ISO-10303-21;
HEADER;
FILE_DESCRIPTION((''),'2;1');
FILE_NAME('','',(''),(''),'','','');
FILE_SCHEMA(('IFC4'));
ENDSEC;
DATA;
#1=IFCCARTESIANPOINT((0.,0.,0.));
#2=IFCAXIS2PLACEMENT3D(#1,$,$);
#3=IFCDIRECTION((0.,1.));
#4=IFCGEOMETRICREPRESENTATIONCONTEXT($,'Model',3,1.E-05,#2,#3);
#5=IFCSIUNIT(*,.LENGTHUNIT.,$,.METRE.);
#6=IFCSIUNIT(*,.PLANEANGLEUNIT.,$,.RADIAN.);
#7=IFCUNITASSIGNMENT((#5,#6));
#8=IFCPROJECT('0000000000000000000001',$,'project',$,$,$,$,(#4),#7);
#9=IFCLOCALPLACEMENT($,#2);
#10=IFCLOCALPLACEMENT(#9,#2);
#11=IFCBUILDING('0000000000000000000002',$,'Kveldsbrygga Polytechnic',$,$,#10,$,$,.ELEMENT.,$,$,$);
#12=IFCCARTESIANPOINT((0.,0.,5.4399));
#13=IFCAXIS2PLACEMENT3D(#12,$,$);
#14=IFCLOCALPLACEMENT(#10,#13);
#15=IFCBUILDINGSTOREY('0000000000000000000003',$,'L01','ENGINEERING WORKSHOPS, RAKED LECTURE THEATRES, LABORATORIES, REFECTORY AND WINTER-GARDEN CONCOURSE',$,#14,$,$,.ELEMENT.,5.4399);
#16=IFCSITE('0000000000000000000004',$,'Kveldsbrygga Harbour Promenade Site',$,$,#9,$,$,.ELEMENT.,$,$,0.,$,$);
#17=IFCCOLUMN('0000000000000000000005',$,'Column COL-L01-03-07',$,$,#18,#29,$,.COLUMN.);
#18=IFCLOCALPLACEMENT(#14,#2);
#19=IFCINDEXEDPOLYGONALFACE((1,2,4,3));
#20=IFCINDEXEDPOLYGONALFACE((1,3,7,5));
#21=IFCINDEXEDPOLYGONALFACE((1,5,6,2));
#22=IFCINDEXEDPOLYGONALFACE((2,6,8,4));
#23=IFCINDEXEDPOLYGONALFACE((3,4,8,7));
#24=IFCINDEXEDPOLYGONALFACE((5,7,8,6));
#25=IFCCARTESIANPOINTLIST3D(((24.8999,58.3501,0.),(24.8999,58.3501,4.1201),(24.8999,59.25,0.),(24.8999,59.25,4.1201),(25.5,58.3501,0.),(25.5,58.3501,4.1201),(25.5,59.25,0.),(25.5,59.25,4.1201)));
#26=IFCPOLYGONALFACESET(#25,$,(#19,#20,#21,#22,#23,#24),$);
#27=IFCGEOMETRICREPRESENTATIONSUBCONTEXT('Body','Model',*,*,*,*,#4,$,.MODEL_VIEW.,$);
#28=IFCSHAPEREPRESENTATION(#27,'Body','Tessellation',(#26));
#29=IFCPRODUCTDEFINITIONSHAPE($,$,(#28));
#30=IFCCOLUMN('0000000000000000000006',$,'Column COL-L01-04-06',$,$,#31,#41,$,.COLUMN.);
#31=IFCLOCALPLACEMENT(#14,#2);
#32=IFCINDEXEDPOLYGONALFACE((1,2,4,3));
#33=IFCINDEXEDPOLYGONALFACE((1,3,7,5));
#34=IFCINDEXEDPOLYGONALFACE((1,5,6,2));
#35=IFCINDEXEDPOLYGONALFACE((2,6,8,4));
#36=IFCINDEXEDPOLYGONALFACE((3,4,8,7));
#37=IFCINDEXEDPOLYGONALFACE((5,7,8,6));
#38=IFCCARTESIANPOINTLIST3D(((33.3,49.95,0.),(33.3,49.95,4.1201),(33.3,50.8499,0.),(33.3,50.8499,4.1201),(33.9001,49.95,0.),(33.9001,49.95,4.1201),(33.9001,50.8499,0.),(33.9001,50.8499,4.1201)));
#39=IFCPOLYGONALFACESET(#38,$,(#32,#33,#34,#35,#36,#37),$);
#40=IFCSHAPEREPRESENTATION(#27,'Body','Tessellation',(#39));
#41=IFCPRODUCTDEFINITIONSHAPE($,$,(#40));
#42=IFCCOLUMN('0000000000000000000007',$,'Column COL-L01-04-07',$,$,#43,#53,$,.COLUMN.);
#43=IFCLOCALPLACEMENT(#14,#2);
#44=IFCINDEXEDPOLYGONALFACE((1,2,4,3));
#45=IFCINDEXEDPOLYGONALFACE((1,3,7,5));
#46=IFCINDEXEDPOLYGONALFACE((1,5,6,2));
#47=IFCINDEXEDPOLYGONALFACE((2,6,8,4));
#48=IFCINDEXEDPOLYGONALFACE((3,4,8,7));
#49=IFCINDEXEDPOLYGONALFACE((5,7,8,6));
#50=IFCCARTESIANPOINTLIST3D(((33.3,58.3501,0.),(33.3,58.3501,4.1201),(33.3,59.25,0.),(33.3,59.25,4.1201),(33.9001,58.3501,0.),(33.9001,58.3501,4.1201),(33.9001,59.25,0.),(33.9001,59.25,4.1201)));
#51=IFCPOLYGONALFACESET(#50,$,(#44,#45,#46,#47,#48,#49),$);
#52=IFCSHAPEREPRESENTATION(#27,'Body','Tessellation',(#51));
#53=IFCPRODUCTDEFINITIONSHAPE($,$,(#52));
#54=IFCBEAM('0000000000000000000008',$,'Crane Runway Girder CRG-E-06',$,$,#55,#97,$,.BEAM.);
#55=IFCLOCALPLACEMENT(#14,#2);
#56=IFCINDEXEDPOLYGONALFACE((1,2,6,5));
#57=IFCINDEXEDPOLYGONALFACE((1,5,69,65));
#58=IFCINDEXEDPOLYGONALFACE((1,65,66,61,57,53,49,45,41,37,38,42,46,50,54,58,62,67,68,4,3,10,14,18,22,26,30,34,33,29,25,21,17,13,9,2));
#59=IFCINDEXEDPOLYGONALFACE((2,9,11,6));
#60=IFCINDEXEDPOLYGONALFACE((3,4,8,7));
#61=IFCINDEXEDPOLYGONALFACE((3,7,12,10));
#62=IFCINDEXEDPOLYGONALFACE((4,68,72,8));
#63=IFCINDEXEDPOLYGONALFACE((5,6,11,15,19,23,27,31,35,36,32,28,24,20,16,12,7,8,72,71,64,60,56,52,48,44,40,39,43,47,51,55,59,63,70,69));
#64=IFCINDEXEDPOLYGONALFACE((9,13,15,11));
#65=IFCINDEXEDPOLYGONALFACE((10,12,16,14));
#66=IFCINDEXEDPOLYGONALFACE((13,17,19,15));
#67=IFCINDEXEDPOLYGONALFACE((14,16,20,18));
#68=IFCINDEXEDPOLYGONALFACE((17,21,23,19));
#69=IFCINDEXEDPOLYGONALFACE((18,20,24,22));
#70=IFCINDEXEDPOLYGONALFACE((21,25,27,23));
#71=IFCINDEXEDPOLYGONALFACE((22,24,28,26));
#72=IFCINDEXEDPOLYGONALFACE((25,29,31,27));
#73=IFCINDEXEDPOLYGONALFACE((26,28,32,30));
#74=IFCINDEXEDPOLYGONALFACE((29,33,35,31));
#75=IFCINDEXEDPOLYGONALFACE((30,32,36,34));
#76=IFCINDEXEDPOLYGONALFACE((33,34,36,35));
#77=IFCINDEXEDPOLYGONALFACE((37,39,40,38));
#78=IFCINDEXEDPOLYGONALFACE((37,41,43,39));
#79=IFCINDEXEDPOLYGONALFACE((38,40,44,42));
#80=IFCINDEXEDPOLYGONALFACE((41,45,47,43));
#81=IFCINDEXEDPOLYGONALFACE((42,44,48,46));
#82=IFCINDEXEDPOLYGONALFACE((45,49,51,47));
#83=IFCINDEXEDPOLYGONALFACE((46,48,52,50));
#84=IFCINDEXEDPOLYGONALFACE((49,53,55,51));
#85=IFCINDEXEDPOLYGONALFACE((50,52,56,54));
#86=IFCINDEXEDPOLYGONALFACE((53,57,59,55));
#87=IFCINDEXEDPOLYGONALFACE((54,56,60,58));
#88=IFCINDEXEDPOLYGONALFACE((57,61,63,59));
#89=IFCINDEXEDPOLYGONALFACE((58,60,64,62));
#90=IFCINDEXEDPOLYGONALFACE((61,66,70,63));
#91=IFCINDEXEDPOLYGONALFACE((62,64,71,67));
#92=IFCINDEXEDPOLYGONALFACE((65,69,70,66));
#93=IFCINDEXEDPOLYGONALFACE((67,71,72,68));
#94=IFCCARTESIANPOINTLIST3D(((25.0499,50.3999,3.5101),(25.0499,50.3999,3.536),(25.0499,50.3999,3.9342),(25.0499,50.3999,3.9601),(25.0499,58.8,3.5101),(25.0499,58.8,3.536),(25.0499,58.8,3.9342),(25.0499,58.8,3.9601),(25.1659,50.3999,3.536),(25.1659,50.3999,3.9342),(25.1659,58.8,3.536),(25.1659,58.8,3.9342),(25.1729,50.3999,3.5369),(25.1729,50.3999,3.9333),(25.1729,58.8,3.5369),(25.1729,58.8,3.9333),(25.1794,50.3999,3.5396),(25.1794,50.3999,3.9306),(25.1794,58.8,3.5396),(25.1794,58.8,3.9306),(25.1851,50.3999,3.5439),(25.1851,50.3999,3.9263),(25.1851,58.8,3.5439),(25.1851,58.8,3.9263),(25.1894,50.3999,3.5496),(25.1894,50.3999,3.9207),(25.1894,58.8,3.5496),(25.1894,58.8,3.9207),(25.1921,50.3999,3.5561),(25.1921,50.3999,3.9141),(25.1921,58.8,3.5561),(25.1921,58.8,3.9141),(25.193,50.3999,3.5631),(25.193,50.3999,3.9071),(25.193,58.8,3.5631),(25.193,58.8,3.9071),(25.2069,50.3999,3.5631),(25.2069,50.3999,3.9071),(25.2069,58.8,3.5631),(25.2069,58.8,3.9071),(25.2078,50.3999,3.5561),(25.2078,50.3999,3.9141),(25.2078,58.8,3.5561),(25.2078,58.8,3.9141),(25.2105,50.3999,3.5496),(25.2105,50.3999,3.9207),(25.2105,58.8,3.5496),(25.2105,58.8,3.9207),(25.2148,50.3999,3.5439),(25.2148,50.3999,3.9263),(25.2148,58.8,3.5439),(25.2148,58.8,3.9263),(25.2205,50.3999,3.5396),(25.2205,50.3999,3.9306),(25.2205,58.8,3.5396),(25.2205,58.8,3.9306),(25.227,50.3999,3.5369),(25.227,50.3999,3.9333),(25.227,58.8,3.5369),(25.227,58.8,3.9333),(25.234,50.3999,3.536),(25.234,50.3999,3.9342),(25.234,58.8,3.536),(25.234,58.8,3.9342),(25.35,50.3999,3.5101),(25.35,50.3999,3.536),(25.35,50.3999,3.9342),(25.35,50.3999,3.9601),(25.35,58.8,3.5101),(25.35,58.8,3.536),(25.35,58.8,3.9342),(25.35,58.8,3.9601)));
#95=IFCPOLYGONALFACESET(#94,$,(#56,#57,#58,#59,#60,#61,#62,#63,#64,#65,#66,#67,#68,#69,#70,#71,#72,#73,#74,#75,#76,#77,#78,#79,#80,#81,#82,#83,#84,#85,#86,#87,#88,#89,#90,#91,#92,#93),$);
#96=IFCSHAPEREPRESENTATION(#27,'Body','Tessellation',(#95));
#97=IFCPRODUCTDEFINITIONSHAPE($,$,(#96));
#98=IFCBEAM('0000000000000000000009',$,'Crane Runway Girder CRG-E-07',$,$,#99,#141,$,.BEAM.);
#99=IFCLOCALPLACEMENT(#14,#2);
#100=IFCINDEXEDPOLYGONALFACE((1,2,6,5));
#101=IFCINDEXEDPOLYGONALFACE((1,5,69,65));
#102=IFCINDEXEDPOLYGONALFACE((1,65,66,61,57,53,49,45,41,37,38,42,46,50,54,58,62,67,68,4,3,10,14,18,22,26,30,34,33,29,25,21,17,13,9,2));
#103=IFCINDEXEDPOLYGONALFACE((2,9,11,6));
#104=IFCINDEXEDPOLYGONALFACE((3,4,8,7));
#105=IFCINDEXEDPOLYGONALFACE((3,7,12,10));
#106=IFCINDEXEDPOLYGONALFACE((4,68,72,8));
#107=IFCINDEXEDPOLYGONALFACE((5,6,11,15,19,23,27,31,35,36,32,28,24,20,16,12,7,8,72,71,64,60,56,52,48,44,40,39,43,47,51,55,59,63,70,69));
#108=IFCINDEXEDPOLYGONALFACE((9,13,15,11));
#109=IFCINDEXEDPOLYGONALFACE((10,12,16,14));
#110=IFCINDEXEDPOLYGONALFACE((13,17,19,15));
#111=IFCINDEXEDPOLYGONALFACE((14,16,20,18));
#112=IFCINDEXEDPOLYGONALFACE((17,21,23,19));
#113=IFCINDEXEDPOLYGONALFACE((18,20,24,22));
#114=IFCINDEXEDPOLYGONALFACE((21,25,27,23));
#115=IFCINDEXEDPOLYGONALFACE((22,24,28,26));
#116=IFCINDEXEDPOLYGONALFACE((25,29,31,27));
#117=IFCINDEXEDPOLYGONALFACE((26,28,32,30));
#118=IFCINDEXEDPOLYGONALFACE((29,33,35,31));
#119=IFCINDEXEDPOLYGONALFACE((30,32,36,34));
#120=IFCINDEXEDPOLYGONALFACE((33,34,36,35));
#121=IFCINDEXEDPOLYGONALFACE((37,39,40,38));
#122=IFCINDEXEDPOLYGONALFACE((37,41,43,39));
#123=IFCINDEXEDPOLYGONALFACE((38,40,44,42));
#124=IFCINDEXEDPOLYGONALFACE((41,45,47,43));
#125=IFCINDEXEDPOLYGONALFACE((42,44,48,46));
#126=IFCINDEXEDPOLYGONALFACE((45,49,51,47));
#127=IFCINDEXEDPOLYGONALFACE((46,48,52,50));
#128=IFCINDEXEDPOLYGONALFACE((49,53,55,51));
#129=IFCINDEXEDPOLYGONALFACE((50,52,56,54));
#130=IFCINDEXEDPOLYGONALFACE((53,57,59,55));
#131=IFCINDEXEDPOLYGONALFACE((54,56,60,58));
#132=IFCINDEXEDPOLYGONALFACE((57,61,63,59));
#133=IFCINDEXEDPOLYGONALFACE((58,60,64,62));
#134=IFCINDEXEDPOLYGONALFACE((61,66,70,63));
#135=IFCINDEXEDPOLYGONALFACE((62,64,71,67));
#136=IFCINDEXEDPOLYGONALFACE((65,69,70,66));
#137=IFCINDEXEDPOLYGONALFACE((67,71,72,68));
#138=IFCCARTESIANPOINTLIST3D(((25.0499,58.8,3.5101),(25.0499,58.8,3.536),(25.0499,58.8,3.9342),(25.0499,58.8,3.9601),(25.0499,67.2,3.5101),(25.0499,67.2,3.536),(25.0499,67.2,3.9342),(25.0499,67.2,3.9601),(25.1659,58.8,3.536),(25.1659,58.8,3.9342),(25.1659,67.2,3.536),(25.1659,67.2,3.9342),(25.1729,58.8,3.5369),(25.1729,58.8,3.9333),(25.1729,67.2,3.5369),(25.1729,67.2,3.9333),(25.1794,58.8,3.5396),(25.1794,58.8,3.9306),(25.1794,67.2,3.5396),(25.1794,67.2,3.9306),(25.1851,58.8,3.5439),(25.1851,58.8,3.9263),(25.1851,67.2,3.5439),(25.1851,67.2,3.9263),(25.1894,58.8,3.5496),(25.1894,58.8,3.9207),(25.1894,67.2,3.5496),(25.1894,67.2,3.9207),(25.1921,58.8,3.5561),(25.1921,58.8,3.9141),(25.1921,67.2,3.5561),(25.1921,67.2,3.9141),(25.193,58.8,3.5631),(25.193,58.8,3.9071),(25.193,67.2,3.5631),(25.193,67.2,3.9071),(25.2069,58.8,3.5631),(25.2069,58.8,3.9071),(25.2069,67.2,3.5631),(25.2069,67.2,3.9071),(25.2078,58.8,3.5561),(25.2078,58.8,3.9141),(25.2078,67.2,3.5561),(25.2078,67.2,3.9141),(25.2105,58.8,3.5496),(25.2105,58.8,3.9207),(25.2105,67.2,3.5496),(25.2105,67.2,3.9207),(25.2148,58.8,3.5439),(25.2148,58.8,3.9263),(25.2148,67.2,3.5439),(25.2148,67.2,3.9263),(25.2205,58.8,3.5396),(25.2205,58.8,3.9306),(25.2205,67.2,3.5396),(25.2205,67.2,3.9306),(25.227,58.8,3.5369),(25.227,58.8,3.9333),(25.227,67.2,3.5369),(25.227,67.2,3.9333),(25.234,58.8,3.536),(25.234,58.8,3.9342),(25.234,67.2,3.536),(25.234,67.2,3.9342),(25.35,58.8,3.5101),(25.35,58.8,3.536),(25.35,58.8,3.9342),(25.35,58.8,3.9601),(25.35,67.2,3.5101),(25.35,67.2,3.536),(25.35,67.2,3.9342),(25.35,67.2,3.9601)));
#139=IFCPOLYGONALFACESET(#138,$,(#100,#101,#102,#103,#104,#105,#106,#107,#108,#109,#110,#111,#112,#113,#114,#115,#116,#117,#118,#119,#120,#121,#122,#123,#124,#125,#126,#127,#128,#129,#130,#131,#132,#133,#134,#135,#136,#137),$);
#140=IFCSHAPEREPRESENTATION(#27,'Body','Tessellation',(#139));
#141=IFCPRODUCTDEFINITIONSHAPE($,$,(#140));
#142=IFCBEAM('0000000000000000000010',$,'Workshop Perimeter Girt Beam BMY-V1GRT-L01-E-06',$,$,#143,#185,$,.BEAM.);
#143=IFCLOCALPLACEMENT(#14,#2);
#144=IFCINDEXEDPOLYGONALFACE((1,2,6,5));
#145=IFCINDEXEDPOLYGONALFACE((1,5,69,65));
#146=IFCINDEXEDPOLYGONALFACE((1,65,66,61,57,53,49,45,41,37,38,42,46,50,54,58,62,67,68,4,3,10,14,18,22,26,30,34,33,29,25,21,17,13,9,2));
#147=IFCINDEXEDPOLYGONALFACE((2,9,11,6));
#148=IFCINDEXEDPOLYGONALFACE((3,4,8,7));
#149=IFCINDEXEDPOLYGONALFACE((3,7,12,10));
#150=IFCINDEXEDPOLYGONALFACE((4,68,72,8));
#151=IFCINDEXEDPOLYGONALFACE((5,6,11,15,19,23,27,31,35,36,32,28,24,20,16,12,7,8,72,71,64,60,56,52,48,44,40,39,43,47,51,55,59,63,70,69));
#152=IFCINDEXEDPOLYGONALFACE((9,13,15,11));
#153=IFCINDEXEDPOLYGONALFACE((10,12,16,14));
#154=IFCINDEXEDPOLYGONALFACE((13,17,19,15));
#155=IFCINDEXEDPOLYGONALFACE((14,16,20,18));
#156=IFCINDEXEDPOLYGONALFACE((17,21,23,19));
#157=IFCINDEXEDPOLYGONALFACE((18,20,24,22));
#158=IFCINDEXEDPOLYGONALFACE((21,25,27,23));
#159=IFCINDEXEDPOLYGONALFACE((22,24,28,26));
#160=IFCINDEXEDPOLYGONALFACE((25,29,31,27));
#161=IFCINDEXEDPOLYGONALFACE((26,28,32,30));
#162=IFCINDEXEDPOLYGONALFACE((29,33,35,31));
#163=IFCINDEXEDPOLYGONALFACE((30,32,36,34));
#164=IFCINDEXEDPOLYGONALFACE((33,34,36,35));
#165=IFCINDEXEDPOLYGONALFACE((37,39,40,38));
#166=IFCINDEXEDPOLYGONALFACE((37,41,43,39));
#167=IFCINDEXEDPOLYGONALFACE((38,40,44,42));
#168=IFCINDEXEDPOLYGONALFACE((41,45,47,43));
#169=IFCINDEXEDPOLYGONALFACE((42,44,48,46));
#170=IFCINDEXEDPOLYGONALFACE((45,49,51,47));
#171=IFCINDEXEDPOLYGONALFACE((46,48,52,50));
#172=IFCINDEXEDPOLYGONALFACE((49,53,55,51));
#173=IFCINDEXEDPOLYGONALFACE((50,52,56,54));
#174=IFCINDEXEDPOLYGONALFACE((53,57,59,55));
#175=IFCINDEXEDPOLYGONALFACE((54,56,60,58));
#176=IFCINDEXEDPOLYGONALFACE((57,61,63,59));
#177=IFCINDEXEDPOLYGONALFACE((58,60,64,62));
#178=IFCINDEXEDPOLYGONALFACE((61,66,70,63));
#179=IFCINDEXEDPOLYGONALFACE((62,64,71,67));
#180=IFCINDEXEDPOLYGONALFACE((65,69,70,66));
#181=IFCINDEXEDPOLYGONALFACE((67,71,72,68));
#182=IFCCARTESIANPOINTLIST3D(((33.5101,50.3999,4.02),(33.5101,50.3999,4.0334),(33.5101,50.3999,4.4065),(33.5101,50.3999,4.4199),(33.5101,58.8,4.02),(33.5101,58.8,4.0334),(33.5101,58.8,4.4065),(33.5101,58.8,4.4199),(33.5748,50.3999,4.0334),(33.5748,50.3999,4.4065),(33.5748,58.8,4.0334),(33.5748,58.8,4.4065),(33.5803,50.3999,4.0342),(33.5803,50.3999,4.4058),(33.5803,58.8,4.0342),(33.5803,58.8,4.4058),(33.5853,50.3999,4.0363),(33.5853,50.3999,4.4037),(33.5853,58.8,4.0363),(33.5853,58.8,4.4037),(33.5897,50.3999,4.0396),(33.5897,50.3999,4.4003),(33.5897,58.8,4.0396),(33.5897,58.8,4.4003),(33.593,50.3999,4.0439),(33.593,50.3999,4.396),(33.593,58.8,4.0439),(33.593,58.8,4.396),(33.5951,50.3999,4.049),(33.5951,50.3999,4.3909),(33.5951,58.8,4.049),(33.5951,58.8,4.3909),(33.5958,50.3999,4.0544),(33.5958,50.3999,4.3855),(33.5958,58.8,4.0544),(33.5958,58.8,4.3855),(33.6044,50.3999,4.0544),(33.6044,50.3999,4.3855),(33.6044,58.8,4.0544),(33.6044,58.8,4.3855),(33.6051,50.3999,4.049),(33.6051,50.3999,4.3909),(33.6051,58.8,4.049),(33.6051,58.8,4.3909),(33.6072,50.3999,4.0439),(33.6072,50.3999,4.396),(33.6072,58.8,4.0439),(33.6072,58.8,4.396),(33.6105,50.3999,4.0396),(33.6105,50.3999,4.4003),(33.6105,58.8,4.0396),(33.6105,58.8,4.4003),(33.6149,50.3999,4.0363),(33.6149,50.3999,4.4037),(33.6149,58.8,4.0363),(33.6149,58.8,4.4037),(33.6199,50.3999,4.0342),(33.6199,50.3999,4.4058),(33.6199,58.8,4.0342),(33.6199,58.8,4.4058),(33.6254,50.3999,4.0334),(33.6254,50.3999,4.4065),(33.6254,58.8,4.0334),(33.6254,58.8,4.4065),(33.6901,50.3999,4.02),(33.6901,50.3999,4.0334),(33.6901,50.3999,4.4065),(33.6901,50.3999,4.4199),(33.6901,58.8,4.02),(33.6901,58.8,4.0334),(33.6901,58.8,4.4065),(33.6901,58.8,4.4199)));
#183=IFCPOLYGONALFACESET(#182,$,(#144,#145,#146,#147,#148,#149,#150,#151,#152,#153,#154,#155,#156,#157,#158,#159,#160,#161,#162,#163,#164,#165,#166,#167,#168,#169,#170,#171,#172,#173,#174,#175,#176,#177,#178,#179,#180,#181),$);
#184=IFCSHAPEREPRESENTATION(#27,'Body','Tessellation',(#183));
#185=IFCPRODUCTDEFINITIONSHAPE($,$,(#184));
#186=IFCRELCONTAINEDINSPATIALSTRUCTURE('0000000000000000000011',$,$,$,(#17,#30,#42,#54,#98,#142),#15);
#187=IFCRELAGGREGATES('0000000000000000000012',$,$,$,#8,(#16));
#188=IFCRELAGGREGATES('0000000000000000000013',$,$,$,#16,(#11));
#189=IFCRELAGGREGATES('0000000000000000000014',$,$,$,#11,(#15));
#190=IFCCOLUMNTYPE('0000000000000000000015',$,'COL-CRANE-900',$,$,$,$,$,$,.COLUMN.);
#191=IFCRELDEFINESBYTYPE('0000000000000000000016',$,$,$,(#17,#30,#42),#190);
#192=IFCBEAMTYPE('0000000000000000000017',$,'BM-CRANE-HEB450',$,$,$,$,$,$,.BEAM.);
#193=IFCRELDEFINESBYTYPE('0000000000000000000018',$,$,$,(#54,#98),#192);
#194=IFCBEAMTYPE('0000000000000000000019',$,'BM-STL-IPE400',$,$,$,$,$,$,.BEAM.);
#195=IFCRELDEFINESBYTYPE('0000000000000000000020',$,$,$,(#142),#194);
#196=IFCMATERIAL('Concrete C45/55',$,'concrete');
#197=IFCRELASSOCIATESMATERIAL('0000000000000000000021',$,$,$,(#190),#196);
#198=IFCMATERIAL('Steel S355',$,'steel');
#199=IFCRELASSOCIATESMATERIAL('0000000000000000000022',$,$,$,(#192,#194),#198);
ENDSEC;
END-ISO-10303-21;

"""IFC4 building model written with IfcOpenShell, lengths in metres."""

from ifc_helpers import new_model, si_unit, direction, frame, origin, origin_2d, place, context, subcontext, project, spatial, rectangle, i_section, extrude, material, material_profile, profile_set, type_object, element, save


model = new_model("IFC4")

# Units and contexts
model_context = context("Model", 3, precision=1e-05, world=origin(), true_north=direction((0.0, 1.0)))
body_context = subcontext(model_context, "Body", "Model", "MODEL_VIEW")
ifc_project = project(units=[si_unit("LENGTHUNIT", "METRE"), si_unit("PLANEANGLEUNIT", "RADIAN")], contexts=[model_context])

# Site, building, storey
site_placement = place(None, origin())
site = spatial("IfcSite", under=ifc_project, at=site_placement, Name="Kveldsbrygga Harbour Promenade Site", CompositionType="ELEMENT", RefElevation=0.0)
building_placement = place(site_placement, origin())
building = spatial("IfcBuilding", under=site, at=building_placement, Name="Kveldsbrygga Polytechnic", CompositionType="ELEMENT")
storey_placement = place(building_placement, frame((0.0, 0.0, 5.4399)))
storey = spatial("IfcBuildingStorey", under=building, at=storey_placement, Name="L01", Description="ENGINEERING WORKSHOPS, RAKED LECTURE THEATRES, LABORATORIES, REFECTORY AND WINTER-GARDEN CONCOURSE", CompositionType="ELEMENT", Elevation=5.4399)

# Columns
ifc_material_1 = material(Name="Concrete C45/55", Category="concrete")
ifc_material_profile_1 = material_profile(ifc_material_1, rectangle(XDim=0.6001, YDim=0.8999, at=origin_2d()), Name="RC 600x900")
ifc_profile_set_1 = profile_set([ifc_material_profile_1], Name="Concrete C45/55")
column_type = type_object("IfcColumnType", Name="COL-CRANE-900", PredefinedType="COLUMN", material=ifc_profile_set_1)
for number, where, z_axis, x_axis, name in (
    (1, (25.2, 58.8, 0.0), (0.0, 0.0, 1.0), (1.0, 0.0, 0.0), "Column COL-L01-03-07"),
    (2, (33.6001, 50.3999, 0.0), (0.0, 0.0, 1.0), (1.0, 0.0, 0.0), "Column COL-L01-04-06"),
    (3, (33.6001, 58.8, 0.0), (0.0, 0.0, 1.0), (1.0, 0.0, 0.0), "Column COL-L01-04-07"),
):
    element("IfcColumn", number, at=place(storey_placement, frame(where, z_axis=z_axis, x_axis=x_axis)), inside=storey, type_object=column_type, Name=name, PredefinedType="COLUMN", context=body_context, shape_type="SweptSolid", body=[
        extrude(rectangle(XDim=0.6001, YDim=0.8999, at=origin_2d()), origin(), (0.0, 0.0, 1.0), 4.1201),
    ])

# Beams
ifc_material_2 = material(Name="Steel S355", Category="steel")
ifc_material_profile_2 = material_profile(ifc_material_2, i_section(OverallWidth=0.3, OverallDepth=0.45, WebThickness=0.0139, FlangeThickness=0.0259, FilletRadius=0.0271, at=origin_2d()), Name="HEB 450")
ifc_profile_set_2 = profile_set([ifc_material_profile_2], Name="Steel S355")
beam_type_1 = type_object("IfcBeamType", Name="BM-CRANE-HEB450", PredefinedType="BEAM", material=ifc_profile_set_2)
beam_1_placement = place(storey_placement, frame((25.2, 50.3999, 3.7351), z_axis=(0.0, 1.0, 0.0), x_axis=(-1.0, 0.0, 0.0)))
element("IfcBeam", 4, at=beam_1_placement, inside=storey, type_object=beam_type_1, Name="Crane Runway Girder CRG-E-06", PredefinedType="BEAM", context=body_context, shape_type="SweptSolid", body=[
    extrude(i_section(OverallWidth=0.3, OverallDepth=0.45, WebThickness=0.0139, FlangeThickness=0.0259, FilletRadius=0.0271, at=origin_2d()), origin(), (0.0, 0.0, 1.0), 8.4001),
])
beam_2_placement = place(storey_placement, frame((25.2, 58.8, 3.7351), z_axis=(0.0, 1.0, 0.0), x_axis=(-1.0, 0.0, 0.0)))
element("IfcBeam", 5, at=beam_2_placement, inside=storey, type_object=beam_type_1, Name="Crane Runway Girder CRG-E-07", PredefinedType="BEAM", context=body_context, shape_type="SweptSolid", body=[
    extrude(i_section(OverallWidth=0.3, OverallDepth=0.45, WebThickness=0.0139, FlangeThickness=0.0259, FilletRadius=0.0271, at=origin_2d()), origin(), (0.0, 0.0, 1.0), 8.3999),
])
ifc_material_profile_3 = material_profile(ifc_material_2, i_section(OverallWidth=0.1799, OverallDepth=0.3999, WebThickness=0.0085, FlangeThickness=0.0134, FilletRadius=0.021, at=origin_2d()), Name="IPE 400")
ifc_profile_set_3 = profile_set([ifc_material_profile_3], Name="Steel S355")
beam_type_2 = type_object("IfcBeamType", Name="BM-STL-IPE400", PredefinedType="BEAM", material=ifc_profile_set_3)
beam_3_placement = place(storey_placement, frame((33.6001, 50.3999, 4.22), z_axis=(0.0, 1.0, 0.0), x_axis=(-1.0, 0.0, 0.0)))
element("IfcBeam", 6, at=beam_3_placement, inside=storey, type_object=beam_type_2, Name="Workshop Perimeter Girt Beam BMY-V1GRT-L01-E-06", PredefinedType="BEAM", context=body_context, shape_type="SweptSolid", body=[
    extrude(i_section(OverallWidth=0.1799, OverallDepth=0.3999, WebThickness=0.0085, FlangeThickness=0.0134, FilletRadius=0.021, at=origin_2d()), origin(), (0.0, 0.0, 1.0), 8.4001),
])

save(model, "model.ifc")
